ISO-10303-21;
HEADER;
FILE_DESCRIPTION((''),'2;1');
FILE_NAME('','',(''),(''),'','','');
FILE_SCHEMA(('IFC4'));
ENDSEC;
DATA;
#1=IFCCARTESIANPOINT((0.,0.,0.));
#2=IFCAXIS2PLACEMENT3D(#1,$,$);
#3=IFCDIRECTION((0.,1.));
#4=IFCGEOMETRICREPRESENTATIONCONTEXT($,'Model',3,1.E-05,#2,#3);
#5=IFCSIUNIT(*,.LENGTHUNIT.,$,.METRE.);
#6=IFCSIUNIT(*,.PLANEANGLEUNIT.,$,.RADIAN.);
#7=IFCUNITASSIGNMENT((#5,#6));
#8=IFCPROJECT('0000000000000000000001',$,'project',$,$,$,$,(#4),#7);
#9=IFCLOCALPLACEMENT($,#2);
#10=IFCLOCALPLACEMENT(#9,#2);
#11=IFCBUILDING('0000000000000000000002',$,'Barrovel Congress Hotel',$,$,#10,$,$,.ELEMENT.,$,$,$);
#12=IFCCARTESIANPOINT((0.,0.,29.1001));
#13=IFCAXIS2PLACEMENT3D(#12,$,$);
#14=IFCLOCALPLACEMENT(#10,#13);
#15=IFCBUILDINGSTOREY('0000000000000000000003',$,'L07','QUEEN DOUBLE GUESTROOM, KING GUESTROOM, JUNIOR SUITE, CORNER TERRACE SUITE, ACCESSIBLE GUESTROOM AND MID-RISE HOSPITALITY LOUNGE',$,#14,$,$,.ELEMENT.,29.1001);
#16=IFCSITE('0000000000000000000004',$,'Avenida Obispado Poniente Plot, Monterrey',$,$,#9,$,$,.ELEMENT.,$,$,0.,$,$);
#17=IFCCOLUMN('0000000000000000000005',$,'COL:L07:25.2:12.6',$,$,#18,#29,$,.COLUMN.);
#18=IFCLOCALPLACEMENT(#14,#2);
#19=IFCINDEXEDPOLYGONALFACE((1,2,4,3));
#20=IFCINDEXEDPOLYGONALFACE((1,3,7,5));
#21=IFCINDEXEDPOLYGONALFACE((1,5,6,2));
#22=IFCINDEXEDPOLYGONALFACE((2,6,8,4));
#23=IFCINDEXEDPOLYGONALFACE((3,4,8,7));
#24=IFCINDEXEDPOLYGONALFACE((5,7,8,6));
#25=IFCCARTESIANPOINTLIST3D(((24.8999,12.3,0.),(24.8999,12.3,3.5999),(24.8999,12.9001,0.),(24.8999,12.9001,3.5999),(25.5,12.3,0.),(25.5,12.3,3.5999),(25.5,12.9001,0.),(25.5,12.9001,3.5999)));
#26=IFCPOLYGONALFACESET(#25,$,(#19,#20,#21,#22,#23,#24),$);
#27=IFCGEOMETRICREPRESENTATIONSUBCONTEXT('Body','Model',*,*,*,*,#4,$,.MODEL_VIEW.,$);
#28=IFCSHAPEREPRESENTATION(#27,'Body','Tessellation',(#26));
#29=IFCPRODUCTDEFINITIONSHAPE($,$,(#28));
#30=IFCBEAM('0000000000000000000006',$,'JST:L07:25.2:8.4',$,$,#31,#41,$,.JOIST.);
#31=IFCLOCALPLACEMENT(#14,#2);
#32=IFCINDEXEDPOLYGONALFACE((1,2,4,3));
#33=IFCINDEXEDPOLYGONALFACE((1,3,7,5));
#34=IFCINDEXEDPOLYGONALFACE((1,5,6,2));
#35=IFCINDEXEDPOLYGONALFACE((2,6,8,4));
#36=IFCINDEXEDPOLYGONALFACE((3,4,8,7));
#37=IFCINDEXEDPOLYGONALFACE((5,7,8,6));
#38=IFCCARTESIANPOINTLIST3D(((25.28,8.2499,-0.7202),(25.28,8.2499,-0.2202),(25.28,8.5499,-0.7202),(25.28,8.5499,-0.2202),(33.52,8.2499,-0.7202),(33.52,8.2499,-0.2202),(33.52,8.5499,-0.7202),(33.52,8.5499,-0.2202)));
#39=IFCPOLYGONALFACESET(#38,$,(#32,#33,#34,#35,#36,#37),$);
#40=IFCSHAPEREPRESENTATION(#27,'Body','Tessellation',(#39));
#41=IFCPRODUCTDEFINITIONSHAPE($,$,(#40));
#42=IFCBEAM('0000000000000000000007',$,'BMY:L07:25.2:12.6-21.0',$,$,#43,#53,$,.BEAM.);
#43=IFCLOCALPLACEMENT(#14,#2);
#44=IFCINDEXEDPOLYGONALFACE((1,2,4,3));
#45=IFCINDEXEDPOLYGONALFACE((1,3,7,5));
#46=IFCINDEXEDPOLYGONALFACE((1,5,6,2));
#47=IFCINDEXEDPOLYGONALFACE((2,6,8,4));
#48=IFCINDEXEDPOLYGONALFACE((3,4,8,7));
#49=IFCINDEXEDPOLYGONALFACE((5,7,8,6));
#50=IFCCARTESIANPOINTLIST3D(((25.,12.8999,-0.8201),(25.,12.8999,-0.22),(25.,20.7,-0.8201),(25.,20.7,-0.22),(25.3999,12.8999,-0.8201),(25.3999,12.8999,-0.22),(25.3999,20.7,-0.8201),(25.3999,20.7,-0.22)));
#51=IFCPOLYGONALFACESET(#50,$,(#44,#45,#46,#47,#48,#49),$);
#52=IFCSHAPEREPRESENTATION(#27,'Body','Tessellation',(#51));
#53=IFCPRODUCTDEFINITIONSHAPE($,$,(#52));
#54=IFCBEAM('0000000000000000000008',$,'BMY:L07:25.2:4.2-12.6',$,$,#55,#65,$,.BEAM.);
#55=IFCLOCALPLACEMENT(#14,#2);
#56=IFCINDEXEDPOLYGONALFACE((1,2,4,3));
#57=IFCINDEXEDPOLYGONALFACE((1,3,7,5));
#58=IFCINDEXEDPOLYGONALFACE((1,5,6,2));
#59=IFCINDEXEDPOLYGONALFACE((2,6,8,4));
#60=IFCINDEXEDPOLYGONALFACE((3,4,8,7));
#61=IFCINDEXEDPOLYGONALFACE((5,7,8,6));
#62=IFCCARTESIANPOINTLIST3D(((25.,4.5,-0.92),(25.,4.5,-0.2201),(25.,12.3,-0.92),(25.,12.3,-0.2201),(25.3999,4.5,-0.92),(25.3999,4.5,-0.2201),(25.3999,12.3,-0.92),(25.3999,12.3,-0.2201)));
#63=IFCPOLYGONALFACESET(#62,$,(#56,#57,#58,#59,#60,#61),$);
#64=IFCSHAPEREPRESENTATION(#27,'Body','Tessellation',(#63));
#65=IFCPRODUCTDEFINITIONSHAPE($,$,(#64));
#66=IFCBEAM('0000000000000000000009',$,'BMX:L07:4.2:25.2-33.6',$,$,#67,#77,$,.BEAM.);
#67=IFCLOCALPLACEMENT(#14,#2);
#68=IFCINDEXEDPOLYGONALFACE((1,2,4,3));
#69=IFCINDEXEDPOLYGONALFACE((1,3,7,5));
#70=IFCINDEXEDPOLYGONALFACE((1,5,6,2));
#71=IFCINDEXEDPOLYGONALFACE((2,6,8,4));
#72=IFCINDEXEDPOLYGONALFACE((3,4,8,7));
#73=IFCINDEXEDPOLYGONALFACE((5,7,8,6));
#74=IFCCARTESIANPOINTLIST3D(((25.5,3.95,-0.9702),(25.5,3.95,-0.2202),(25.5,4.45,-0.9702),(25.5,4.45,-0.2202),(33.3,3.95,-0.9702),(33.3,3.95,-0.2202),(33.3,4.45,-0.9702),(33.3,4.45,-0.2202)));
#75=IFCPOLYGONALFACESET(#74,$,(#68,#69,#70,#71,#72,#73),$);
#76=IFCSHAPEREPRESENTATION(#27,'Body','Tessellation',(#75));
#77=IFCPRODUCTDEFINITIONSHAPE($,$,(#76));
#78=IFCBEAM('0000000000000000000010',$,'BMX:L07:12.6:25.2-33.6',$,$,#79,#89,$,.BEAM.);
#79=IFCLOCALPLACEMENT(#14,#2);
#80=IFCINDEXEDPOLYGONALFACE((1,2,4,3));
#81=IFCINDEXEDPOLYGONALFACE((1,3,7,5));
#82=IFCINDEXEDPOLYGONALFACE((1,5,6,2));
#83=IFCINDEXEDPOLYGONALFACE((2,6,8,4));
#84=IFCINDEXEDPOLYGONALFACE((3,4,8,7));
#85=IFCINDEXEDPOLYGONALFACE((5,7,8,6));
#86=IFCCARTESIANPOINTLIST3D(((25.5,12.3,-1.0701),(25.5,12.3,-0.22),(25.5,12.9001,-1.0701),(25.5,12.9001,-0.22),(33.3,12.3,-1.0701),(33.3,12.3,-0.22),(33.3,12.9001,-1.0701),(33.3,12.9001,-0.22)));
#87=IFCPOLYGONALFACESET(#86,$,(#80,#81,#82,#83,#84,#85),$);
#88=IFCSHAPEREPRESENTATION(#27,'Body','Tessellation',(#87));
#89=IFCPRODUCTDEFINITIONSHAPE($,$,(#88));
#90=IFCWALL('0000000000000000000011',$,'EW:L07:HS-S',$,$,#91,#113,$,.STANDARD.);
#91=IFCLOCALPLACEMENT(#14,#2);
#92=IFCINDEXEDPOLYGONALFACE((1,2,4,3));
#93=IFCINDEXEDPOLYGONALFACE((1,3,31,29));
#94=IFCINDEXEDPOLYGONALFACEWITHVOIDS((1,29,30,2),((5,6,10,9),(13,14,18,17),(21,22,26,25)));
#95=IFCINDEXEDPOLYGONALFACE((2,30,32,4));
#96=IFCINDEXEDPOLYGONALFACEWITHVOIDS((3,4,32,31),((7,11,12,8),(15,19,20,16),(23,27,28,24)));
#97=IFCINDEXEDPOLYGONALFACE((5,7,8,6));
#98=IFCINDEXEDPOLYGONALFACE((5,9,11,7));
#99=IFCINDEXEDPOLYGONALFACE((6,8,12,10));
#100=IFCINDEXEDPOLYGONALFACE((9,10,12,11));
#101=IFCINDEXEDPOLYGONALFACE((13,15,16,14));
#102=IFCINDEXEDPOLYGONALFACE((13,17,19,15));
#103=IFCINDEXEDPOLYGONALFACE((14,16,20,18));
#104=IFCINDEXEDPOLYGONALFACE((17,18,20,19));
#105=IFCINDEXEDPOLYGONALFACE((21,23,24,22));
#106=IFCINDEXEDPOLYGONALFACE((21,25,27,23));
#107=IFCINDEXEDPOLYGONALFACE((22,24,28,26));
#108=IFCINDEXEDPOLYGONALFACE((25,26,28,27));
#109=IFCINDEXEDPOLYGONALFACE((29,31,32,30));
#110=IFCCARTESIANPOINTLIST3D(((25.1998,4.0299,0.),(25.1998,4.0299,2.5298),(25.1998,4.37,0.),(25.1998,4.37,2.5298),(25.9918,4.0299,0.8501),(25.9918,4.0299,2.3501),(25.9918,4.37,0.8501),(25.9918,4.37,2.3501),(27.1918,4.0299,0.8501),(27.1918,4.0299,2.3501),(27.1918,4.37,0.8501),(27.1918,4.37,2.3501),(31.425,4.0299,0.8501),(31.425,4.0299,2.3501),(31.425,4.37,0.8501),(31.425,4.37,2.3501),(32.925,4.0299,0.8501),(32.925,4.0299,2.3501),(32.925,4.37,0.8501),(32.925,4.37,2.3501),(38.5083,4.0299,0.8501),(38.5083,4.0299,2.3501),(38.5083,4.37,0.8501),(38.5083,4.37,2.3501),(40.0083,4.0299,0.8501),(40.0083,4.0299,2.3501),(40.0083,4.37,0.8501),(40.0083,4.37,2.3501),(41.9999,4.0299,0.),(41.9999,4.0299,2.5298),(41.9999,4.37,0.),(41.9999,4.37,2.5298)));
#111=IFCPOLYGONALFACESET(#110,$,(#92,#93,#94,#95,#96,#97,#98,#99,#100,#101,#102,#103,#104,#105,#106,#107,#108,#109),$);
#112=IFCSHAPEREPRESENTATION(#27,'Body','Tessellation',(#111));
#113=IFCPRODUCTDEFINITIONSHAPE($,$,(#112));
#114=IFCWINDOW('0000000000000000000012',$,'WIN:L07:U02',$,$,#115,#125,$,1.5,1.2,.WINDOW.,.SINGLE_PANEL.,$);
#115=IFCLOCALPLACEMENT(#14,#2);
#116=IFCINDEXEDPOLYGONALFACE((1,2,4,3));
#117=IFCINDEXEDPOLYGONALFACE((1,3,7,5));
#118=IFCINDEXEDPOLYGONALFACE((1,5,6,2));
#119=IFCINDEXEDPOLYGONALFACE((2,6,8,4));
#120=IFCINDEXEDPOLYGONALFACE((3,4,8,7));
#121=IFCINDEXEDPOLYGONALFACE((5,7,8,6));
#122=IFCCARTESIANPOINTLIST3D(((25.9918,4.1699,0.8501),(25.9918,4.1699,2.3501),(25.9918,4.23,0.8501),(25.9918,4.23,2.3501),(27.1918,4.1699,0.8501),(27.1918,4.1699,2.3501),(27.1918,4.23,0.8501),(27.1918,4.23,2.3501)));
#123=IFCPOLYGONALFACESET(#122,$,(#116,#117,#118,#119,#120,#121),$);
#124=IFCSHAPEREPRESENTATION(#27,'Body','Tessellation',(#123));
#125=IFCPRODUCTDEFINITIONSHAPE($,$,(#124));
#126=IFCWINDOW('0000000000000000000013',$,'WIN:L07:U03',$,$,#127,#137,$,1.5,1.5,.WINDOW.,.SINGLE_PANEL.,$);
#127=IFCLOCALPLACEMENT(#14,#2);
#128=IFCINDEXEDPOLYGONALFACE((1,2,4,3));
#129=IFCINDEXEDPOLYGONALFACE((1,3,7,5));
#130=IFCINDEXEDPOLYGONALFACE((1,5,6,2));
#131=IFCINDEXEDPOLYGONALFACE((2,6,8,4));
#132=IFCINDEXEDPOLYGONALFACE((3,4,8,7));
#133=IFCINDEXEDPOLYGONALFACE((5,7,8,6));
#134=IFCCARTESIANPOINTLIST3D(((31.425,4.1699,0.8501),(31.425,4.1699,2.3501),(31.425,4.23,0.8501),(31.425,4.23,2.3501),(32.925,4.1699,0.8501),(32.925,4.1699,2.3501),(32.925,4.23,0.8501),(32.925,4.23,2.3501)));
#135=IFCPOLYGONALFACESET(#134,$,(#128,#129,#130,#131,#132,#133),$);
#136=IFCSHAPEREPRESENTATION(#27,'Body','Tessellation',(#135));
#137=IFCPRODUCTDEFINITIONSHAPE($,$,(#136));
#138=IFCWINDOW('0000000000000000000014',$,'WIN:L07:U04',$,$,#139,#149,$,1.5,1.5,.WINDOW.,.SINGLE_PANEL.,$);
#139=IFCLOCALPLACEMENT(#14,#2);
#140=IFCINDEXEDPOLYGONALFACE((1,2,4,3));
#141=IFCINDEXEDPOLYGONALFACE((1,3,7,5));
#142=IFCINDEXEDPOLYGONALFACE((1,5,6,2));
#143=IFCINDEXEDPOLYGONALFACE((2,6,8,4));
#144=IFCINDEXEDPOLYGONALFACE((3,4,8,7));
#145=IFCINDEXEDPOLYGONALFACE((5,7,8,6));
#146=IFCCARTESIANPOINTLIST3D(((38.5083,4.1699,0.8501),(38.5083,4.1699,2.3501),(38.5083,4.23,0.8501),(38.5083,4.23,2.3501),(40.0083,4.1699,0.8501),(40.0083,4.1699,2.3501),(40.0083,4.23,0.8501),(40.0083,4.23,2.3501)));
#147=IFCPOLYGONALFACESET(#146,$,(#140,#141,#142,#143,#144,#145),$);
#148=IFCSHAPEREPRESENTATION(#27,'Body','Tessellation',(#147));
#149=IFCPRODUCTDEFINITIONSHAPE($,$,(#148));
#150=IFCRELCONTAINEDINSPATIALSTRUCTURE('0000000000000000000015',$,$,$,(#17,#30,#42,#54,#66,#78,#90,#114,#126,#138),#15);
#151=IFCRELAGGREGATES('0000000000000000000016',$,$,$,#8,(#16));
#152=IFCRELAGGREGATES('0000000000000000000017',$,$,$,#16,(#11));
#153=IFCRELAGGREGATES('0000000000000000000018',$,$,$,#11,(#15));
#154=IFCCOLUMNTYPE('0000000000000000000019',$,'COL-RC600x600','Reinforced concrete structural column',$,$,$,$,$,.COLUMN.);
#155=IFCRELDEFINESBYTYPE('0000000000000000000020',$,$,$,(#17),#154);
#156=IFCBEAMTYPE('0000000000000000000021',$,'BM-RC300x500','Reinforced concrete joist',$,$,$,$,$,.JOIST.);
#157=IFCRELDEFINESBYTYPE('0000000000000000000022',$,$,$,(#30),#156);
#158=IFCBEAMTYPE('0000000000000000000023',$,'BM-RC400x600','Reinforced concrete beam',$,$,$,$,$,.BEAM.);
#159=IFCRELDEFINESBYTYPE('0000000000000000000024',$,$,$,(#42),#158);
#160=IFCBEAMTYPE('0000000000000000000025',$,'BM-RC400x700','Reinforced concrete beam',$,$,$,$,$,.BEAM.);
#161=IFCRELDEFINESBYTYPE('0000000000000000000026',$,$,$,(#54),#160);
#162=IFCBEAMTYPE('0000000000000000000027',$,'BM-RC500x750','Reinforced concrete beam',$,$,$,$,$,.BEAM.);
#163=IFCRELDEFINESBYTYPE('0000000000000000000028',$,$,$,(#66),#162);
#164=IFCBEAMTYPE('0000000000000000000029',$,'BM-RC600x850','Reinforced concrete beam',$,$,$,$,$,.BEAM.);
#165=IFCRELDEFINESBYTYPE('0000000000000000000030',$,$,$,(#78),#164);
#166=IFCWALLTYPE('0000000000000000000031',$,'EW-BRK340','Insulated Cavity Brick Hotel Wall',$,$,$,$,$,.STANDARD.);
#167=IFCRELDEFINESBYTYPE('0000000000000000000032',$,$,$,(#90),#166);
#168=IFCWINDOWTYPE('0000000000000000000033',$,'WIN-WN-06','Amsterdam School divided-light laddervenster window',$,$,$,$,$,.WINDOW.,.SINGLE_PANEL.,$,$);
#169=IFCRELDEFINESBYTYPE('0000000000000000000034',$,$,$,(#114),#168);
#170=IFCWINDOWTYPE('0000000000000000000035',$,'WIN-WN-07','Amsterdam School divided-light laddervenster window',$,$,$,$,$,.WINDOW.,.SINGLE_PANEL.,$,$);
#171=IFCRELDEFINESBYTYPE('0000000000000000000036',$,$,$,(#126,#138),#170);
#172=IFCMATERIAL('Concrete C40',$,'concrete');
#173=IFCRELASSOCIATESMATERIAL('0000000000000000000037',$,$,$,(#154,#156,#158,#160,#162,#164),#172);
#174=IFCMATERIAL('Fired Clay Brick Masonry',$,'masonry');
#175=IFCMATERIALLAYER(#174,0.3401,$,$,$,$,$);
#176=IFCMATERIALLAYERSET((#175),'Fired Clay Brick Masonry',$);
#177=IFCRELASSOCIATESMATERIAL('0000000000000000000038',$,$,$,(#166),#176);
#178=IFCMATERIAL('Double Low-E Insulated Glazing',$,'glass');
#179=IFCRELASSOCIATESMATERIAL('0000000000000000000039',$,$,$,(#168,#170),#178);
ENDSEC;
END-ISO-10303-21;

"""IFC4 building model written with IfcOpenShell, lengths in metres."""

from ifc_helpers import new_model, si_unit, direction, frame, frame_2d, origin, origin_2d, place, context, subcontext, project, spatial, rectangle, extrude, material, layer, layer_set, material_profile, profile_set, type_object, element, fill, save


model = new_model("IFC4")

# Units and contexts
model_context = context("Model", 3, precision=1e-05, world=origin(), true_north=direction((0.0, 1.0)))
body_context = subcontext(model_context, "Body", "Model", "MODEL_VIEW")
ifc_project = project(units=[si_unit("LENGTHUNIT", "METRE"), si_unit("PLANEANGLEUNIT", "RADIAN")], contexts=[model_context])

# Site, building, storey
site_placement = place(None, origin())
site = spatial("IfcSite", under=ifc_project, at=site_placement, Name="Avenida Obispado Poniente Plot, Monterrey", CompositionType="ELEMENT", RefElevation=0.0)
building_placement = place(site_placement, origin())
building = spatial("IfcBuilding", under=site, at=building_placement, Name="Barrovel Congress Hotel", CompositionType="ELEMENT")
storey_placement = place(building_placement, frame((0.0, 0.0, 29.1001)))
storey = spatial("IfcBuildingStorey", under=building, at=storey_placement, Name="L07", Description="QUEEN DOUBLE GUESTROOM, KING GUESTROOM, JUNIOR SUITE, CORNER TERRACE SUITE, ACCESSIBLE GUESTROOM AND MID-RISE HOSPITALITY LOUNGE", CompositionType="ELEMENT", Elevation=29.1001)

# Column
ifc_material_1 = material(Name="Concrete C40", Category="concrete")
ifc_material_profile_1 = material_profile(ifc_material_1, rectangle(XDim=0.6001, YDim=0.6001, at=origin_2d()), Name="RC600x600")
ifc_profile_set_1 = profile_set([ifc_material_profile_1], Name="Concrete C40")
column_type = type_object("IfcColumnType", Name="COL-RC600x600", Description="Reinforced concrete structural column", PredefinedType="COLUMN", material=ifc_profile_set_1)
column_placement = place(storey_placement, frame((25.2, 12.6001, 0.0), z_axis=(0.0, 0.0, 1.0), x_axis=(1.0, 0.0, 0.0)))
element("IfcColumn", 1, at=column_placement, inside=storey, type_object=column_type, Name="COL:L07:25.2:12.6", PredefinedType="COLUMN", context=body_context, shape_type="SweptSolid", body=[
    extrude(rectangle(XDim=0.6001, YDim=0.6001, at=origin_2d()), origin(), (0.0, 0.0, 1.0), 3.5999),
])

# Beams
ifc_material_profile_2 = material_profile(ifc_material_1, rectangle(XDim=0.3, YDim=0.5, at=origin_2d()), Name="RC300x500")
ifc_profile_set_2 = profile_set([ifc_material_profile_2], Name="Concrete C40")
beam_type_1 = type_object("IfcBeamType", Name="BM-RC300x500", Description="Reinforced concrete joist", PredefinedType="JOIST", material=ifc_profile_set_2)
beam_1_placement = place(storey_placement, frame((25.28, 8.3999, -0.4702), z_axis=(1.0, 0.0, 0.0), x_axis=(0.0, 1.0, 0.0)))
element("IfcBeam", 2, at=beam_1_placement, inside=storey, type_object=beam_type_1, Name="JST:L07:25.2:8.4", PredefinedType="JOIST", context=body_context, shape_type="SweptSolid", body=[
    extrude(rectangle(XDim=0.3, YDim=0.5, at=origin_2d()), origin(), (0.0, 0.0, 1.0), 8.24),
])
ifc_material_profile_3 = material_profile(ifc_material_1, rectangle(XDim=0.3999, YDim=0.6001, at=origin_2d()), Name="RC400x600")
ifc_profile_set_3 = profile_set([ifc_material_profile_3], Name="Concrete C40")
beam_type_2 = type_object("IfcBeamType", Name="BM-RC400x600", Description="Reinforced concrete beam", PredefinedType="BEAM", material=ifc_profile_set_3)
beam_2_placement = place(storey_placement, frame((25.2, 12.8999, -0.52), z_axis=(0.0, 1.0, 0.0), x_axis=(-1.0, 0.0, 0.0)))
element("IfcBeam", 3, at=beam_2_placement, inside=storey, type_object=beam_type_2, Name="BMY:L07:25.2:12.6-21.0", PredefinedType="BEAM", context=body_context, shape_type="SweptSolid", body=[
    extrude(rectangle(XDim=0.3999, YDim=0.6001, at=origin_2d()), origin(), (0.0, 0.0, 1.0), 7.8),
])
ifc_material_profile_4 = material_profile(ifc_material_1, rectangle(XDim=0.3999, YDim=0.7, at=origin_2d()), Name="RC400x700")
ifc_profile_set_4 = profile_set([ifc_material_profile_4], Name="Concrete C40")
beam_type_3 = type_object("IfcBeamType", Name="BM-RC400x700", Description="Reinforced concrete beam", PredefinedType="BEAM", material=ifc_profile_set_4)
beam_3_placement = place(storey_placement, frame((25.2, 4.5, -0.5701), z_axis=(0.0, 1.0, 0.0), x_axis=(-1.0, 0.0, 0.0)))
element("IfcBeam", 4, at=beam_3_placement, inside=storey, type_object=beam_type_3, Name="BMY:L07:25.2:4.2-12.6", PredefinedType="BEAM", context=body_context, shape_type="SweptSolid", body=[
    extrude(rectangle(XDim=0.3999, YDim=0.7, at=origin_2d()), origin(), (0.0, 0.0, 1.0), 7.8),
])
ifc_material_profile_5 = material_profile(ifc_material_1, rectangle(XDim=0.5, YDim=0.75, at=origin_2d()), Name="RC500x750")
ifc_profile_set_5 = profile_set([ifc_material_profile_5], Name="Concrete C40")
beam_type_4 = type_object("IfcBeamType", Name="BM-RC500x750", Description="Reinforced concrete beam", PredefinedType="BEAM", material=ifc_profile_set_5)
beam_4_placement = place(storey_placement, frame((25.5, 4.2, -0.5952), z_axis=(1.0, 0.0, 0.0), x_axis=(0.0, 1.0, 0.0)))
element("IfcBeam", 5, at=beam_4_placement, inside=storey, type_object=beam_type_4, Name="BMX:L07:4.2:25.2-33.6", PredefinedType="BEAM", context=body_context, shape_type="SweptSolid", body=[
    extrude(rectangle(XDim=0.5, YDim=0.75, at=origin_2d()), origin(), (0.0, 0.0, 1.0), 7.8),
])
ifc_material_profile_6 = material_profile(ifc_material_1, rectangle(XDim=0.6001, YDim=0.8501, at=origin_2d()), Name="RC600x850")
ifc_profile_set_6 = profile_set([ifc_material_profile_6], Name="Concrete C40")
beam_type_5 = type_object("IfcBeamType", Name="BM-RC600x850", Description="Reinforced concrete beam", PredefinedType="BEAM", material=ifc_profile_set_6)
beam_5_placement = place(storey_placement, frame((25.5, 12.6001, -0.645), z_axis=(1.0, 0.0, 0.0), x_axis=(0.0, 1.0, 0.0)))
element("IfcBeam", 6, at=beam_5_placement, inside=storey, type_object=beam_type_5, Name="BMX:L07:12.6:25.2-33.6", PredefinedType="BEAM", context=body_context, shape_type="SweptSolid", body=[
    extrude(rectangle(XDim=0.6001, YDim=0.8501, at=origin_2d()), origin(), (0.0, 0.0, 1.0), 7.8),
])

# Wall, openings, windows
ifc_material_2 = material(Name="Fired Clay Brick Masonry", Category="masonry")
ifc_layer_1 = layer(ifc_material_2, 0.3401)
ifc_layer_set_1 = layer_set([ifc_layer_1], Name="Fired Clay Brick Masonry")
wall_type_1 = type_object("IfcWallType", Name="EW-BRK340", Description="Insulated Cavity Brick Hotel Wall", PredefinedType="STANDARD", material=ifc_layer_set_1)
wall_1_placement = place(storey_placement, frame((25.2, 4.2, 0.0), z_axis=(0.0, 0.0, 1.0), x_axis=(1.0, 0.0, 0.0)))
wall_1 = element("IfcWall", 7, at=wall_1_placement, inside=storey, type_object=wall_type_1, Name="EW:L07:HS-S", PredefinedType="STANDARD", context=body_context, shape_type="SweptSolid", body=[
    extrude(rectangle(XDim=16.8, YDim=0.3401, at=frame_2d((8.3999, 0.0))), origin(), (0.0, 0.0, 1.0), 2.5298),
])
opening_1_placement = place(wall_1_placement, frame((0.7917, 0.0, 0.8501)))
opening_1 = element("IfcOpeningElement", 8, at=opening_1_placement, cuts=wall_1, PredefinedType="OPENING", context=body_context, shape_type="SweptSolid", body=[
    extrude(rectangle(XDim=1.2, YDim=1.5, at=frame_2d((0.6001, 0.75))), frame((0.0, 0.1802, 0.0), z_axis=(0.0, -1.0, 0.0), x_axis=(1.0, 0.0, 0.0)), (0.0, 0.0, 1.0), 0.3601),
])
opening_2_placement = place(wall_1_placement, frame((6.2251, 0.0, 0.8501)))
opening_2 = element("IfcOpeningElement", 9, at=opening_2_placement, cuts=wall_1, PredefinedType="OPENING", context=body_context, shape_type="SweptSolid", body=[
    extrude(rectangle(XDim=1.5, YDim=1.5, at=frame_2d((0.75, 0.75))), frame((0.0, 0.1802, 0.0), z_axis=(0.0, -1.0, 0.0), x_axis=(1.0, 0.0, 0.0)), (0.0, 0.0, 1.0), 0.3601),
])
opening_3_placement = place(wall_1_placement, frame((13.3083, 0.0, 0.8501)))
opening_3 = element("IfcOpeningElement", 10, at=opening_3_placement, cuts=wall_1, PredefinedType="OPENING", context=body_context, shape_type="SweptSolid", body=[
    extrude(rectangle(XDim=1.5, YDim=1.5, at=frame_2d((0.75, 0.75))), frame((0.0, 0.1802, 0.0), z_axis=(0.0, -1.0, 0.0), x_axis=(1.0, 0.0, 0.0)), (0.0, 0.0, 1.0), 0.3601),
])
ifc_material_3 = material(Name="Double Low-E Insulated Glazing", Category="glass")
window_type_1 = type_object("IfcWindowType", Name="WIN-WN-06", Description="Amsterdam School divided-light laddervenster window", PartitioningType="SINGLE_PANEL", PredefinedType="WINDOW", material=ifc_material_3)
window_1_placement = place(opening_1_placement, origin())
window_1 = element("IfcWindow", 11, at=window_1_placement, inside=storey, type_object=window_type_1, Name="WIN:L07:U02", OverallHeight=1.5, OverallWidth=1.2, PartitioningType="SINGLE_PANEL", PredefinedType="WINDOW", context=body_context, shape_type="SweptSolid", body=[
    extrude(rectangle(XDim=1.2, YDim=1.5, at=frame_2d((0.6001, 0.75))), frame((0.0, 0.03, 0.0), z_axis=(0.0, -1.0, 0.0), x_axis=(1.0, 0.0, 0.0)), (0.0, 0.0, 1.0), 0.0601),
])
fill(opening_1, window_1)
window_type_2 = type_object("IfcWindowType", Name="WIN-WN-07", Description="Amsterdam School divided-light laddervenster window", PartitioningType="SINGLE_PANEL", PredefinedType="WINDOW", material=ifc_material_3)
window_2_placement = place(opening_2_placement, origin())
window_2 = element("IfcWindow", 12, at=window_2_placement, inside=storey, type_object=window_type_2, Name="WIN:L07:U03", OverallHeight=1.5, OverallWidth=1.5, PartitioningType="SINGLE_PANEL", PredefinedType="WINDOW", context=body_context, shape_type="SweptSolid", body=[
    extrude(rectangle(XDim=1.5, YDim=1.5, at=frame_2d((0.75, 0.75))), frame((0.0, 0.03, 0.0), z_axis=(0.0, -1.0, 0.0), x_axis=(1.0, 0.0, 0.0)), (0.0, 0.0, 1.0), 0.0601),
])
fill(opening_2, window_2)
window_3_placement = place(opening_3_placement, origin())
window_3 = element("IfcWindow", 13, at=window_3_placement, inside=storey, type_object=window_type_2, Name="WIN:L07:U04", OverallHeight=1.5, OverallWidth=1.5, PartitioningType="SINGLE_PANEL", PredefinedType="WINDOW", context=body_context, shape_type="SweptSolid", body=[
    extrude(rectangle(XDim=1.5, YDim=1.5, at=frame_2d((0.75, 0.75))), frame((0.0, 0.03, 0.0), z_axis=(0.0, -1.0, 0.0), x_axis=(1.0, 0.0, 0.0)), (0.0, 0.0, 1.0), 0.0601),
])
fill(opening_3, window_3)

save(model, "model.ifc")
